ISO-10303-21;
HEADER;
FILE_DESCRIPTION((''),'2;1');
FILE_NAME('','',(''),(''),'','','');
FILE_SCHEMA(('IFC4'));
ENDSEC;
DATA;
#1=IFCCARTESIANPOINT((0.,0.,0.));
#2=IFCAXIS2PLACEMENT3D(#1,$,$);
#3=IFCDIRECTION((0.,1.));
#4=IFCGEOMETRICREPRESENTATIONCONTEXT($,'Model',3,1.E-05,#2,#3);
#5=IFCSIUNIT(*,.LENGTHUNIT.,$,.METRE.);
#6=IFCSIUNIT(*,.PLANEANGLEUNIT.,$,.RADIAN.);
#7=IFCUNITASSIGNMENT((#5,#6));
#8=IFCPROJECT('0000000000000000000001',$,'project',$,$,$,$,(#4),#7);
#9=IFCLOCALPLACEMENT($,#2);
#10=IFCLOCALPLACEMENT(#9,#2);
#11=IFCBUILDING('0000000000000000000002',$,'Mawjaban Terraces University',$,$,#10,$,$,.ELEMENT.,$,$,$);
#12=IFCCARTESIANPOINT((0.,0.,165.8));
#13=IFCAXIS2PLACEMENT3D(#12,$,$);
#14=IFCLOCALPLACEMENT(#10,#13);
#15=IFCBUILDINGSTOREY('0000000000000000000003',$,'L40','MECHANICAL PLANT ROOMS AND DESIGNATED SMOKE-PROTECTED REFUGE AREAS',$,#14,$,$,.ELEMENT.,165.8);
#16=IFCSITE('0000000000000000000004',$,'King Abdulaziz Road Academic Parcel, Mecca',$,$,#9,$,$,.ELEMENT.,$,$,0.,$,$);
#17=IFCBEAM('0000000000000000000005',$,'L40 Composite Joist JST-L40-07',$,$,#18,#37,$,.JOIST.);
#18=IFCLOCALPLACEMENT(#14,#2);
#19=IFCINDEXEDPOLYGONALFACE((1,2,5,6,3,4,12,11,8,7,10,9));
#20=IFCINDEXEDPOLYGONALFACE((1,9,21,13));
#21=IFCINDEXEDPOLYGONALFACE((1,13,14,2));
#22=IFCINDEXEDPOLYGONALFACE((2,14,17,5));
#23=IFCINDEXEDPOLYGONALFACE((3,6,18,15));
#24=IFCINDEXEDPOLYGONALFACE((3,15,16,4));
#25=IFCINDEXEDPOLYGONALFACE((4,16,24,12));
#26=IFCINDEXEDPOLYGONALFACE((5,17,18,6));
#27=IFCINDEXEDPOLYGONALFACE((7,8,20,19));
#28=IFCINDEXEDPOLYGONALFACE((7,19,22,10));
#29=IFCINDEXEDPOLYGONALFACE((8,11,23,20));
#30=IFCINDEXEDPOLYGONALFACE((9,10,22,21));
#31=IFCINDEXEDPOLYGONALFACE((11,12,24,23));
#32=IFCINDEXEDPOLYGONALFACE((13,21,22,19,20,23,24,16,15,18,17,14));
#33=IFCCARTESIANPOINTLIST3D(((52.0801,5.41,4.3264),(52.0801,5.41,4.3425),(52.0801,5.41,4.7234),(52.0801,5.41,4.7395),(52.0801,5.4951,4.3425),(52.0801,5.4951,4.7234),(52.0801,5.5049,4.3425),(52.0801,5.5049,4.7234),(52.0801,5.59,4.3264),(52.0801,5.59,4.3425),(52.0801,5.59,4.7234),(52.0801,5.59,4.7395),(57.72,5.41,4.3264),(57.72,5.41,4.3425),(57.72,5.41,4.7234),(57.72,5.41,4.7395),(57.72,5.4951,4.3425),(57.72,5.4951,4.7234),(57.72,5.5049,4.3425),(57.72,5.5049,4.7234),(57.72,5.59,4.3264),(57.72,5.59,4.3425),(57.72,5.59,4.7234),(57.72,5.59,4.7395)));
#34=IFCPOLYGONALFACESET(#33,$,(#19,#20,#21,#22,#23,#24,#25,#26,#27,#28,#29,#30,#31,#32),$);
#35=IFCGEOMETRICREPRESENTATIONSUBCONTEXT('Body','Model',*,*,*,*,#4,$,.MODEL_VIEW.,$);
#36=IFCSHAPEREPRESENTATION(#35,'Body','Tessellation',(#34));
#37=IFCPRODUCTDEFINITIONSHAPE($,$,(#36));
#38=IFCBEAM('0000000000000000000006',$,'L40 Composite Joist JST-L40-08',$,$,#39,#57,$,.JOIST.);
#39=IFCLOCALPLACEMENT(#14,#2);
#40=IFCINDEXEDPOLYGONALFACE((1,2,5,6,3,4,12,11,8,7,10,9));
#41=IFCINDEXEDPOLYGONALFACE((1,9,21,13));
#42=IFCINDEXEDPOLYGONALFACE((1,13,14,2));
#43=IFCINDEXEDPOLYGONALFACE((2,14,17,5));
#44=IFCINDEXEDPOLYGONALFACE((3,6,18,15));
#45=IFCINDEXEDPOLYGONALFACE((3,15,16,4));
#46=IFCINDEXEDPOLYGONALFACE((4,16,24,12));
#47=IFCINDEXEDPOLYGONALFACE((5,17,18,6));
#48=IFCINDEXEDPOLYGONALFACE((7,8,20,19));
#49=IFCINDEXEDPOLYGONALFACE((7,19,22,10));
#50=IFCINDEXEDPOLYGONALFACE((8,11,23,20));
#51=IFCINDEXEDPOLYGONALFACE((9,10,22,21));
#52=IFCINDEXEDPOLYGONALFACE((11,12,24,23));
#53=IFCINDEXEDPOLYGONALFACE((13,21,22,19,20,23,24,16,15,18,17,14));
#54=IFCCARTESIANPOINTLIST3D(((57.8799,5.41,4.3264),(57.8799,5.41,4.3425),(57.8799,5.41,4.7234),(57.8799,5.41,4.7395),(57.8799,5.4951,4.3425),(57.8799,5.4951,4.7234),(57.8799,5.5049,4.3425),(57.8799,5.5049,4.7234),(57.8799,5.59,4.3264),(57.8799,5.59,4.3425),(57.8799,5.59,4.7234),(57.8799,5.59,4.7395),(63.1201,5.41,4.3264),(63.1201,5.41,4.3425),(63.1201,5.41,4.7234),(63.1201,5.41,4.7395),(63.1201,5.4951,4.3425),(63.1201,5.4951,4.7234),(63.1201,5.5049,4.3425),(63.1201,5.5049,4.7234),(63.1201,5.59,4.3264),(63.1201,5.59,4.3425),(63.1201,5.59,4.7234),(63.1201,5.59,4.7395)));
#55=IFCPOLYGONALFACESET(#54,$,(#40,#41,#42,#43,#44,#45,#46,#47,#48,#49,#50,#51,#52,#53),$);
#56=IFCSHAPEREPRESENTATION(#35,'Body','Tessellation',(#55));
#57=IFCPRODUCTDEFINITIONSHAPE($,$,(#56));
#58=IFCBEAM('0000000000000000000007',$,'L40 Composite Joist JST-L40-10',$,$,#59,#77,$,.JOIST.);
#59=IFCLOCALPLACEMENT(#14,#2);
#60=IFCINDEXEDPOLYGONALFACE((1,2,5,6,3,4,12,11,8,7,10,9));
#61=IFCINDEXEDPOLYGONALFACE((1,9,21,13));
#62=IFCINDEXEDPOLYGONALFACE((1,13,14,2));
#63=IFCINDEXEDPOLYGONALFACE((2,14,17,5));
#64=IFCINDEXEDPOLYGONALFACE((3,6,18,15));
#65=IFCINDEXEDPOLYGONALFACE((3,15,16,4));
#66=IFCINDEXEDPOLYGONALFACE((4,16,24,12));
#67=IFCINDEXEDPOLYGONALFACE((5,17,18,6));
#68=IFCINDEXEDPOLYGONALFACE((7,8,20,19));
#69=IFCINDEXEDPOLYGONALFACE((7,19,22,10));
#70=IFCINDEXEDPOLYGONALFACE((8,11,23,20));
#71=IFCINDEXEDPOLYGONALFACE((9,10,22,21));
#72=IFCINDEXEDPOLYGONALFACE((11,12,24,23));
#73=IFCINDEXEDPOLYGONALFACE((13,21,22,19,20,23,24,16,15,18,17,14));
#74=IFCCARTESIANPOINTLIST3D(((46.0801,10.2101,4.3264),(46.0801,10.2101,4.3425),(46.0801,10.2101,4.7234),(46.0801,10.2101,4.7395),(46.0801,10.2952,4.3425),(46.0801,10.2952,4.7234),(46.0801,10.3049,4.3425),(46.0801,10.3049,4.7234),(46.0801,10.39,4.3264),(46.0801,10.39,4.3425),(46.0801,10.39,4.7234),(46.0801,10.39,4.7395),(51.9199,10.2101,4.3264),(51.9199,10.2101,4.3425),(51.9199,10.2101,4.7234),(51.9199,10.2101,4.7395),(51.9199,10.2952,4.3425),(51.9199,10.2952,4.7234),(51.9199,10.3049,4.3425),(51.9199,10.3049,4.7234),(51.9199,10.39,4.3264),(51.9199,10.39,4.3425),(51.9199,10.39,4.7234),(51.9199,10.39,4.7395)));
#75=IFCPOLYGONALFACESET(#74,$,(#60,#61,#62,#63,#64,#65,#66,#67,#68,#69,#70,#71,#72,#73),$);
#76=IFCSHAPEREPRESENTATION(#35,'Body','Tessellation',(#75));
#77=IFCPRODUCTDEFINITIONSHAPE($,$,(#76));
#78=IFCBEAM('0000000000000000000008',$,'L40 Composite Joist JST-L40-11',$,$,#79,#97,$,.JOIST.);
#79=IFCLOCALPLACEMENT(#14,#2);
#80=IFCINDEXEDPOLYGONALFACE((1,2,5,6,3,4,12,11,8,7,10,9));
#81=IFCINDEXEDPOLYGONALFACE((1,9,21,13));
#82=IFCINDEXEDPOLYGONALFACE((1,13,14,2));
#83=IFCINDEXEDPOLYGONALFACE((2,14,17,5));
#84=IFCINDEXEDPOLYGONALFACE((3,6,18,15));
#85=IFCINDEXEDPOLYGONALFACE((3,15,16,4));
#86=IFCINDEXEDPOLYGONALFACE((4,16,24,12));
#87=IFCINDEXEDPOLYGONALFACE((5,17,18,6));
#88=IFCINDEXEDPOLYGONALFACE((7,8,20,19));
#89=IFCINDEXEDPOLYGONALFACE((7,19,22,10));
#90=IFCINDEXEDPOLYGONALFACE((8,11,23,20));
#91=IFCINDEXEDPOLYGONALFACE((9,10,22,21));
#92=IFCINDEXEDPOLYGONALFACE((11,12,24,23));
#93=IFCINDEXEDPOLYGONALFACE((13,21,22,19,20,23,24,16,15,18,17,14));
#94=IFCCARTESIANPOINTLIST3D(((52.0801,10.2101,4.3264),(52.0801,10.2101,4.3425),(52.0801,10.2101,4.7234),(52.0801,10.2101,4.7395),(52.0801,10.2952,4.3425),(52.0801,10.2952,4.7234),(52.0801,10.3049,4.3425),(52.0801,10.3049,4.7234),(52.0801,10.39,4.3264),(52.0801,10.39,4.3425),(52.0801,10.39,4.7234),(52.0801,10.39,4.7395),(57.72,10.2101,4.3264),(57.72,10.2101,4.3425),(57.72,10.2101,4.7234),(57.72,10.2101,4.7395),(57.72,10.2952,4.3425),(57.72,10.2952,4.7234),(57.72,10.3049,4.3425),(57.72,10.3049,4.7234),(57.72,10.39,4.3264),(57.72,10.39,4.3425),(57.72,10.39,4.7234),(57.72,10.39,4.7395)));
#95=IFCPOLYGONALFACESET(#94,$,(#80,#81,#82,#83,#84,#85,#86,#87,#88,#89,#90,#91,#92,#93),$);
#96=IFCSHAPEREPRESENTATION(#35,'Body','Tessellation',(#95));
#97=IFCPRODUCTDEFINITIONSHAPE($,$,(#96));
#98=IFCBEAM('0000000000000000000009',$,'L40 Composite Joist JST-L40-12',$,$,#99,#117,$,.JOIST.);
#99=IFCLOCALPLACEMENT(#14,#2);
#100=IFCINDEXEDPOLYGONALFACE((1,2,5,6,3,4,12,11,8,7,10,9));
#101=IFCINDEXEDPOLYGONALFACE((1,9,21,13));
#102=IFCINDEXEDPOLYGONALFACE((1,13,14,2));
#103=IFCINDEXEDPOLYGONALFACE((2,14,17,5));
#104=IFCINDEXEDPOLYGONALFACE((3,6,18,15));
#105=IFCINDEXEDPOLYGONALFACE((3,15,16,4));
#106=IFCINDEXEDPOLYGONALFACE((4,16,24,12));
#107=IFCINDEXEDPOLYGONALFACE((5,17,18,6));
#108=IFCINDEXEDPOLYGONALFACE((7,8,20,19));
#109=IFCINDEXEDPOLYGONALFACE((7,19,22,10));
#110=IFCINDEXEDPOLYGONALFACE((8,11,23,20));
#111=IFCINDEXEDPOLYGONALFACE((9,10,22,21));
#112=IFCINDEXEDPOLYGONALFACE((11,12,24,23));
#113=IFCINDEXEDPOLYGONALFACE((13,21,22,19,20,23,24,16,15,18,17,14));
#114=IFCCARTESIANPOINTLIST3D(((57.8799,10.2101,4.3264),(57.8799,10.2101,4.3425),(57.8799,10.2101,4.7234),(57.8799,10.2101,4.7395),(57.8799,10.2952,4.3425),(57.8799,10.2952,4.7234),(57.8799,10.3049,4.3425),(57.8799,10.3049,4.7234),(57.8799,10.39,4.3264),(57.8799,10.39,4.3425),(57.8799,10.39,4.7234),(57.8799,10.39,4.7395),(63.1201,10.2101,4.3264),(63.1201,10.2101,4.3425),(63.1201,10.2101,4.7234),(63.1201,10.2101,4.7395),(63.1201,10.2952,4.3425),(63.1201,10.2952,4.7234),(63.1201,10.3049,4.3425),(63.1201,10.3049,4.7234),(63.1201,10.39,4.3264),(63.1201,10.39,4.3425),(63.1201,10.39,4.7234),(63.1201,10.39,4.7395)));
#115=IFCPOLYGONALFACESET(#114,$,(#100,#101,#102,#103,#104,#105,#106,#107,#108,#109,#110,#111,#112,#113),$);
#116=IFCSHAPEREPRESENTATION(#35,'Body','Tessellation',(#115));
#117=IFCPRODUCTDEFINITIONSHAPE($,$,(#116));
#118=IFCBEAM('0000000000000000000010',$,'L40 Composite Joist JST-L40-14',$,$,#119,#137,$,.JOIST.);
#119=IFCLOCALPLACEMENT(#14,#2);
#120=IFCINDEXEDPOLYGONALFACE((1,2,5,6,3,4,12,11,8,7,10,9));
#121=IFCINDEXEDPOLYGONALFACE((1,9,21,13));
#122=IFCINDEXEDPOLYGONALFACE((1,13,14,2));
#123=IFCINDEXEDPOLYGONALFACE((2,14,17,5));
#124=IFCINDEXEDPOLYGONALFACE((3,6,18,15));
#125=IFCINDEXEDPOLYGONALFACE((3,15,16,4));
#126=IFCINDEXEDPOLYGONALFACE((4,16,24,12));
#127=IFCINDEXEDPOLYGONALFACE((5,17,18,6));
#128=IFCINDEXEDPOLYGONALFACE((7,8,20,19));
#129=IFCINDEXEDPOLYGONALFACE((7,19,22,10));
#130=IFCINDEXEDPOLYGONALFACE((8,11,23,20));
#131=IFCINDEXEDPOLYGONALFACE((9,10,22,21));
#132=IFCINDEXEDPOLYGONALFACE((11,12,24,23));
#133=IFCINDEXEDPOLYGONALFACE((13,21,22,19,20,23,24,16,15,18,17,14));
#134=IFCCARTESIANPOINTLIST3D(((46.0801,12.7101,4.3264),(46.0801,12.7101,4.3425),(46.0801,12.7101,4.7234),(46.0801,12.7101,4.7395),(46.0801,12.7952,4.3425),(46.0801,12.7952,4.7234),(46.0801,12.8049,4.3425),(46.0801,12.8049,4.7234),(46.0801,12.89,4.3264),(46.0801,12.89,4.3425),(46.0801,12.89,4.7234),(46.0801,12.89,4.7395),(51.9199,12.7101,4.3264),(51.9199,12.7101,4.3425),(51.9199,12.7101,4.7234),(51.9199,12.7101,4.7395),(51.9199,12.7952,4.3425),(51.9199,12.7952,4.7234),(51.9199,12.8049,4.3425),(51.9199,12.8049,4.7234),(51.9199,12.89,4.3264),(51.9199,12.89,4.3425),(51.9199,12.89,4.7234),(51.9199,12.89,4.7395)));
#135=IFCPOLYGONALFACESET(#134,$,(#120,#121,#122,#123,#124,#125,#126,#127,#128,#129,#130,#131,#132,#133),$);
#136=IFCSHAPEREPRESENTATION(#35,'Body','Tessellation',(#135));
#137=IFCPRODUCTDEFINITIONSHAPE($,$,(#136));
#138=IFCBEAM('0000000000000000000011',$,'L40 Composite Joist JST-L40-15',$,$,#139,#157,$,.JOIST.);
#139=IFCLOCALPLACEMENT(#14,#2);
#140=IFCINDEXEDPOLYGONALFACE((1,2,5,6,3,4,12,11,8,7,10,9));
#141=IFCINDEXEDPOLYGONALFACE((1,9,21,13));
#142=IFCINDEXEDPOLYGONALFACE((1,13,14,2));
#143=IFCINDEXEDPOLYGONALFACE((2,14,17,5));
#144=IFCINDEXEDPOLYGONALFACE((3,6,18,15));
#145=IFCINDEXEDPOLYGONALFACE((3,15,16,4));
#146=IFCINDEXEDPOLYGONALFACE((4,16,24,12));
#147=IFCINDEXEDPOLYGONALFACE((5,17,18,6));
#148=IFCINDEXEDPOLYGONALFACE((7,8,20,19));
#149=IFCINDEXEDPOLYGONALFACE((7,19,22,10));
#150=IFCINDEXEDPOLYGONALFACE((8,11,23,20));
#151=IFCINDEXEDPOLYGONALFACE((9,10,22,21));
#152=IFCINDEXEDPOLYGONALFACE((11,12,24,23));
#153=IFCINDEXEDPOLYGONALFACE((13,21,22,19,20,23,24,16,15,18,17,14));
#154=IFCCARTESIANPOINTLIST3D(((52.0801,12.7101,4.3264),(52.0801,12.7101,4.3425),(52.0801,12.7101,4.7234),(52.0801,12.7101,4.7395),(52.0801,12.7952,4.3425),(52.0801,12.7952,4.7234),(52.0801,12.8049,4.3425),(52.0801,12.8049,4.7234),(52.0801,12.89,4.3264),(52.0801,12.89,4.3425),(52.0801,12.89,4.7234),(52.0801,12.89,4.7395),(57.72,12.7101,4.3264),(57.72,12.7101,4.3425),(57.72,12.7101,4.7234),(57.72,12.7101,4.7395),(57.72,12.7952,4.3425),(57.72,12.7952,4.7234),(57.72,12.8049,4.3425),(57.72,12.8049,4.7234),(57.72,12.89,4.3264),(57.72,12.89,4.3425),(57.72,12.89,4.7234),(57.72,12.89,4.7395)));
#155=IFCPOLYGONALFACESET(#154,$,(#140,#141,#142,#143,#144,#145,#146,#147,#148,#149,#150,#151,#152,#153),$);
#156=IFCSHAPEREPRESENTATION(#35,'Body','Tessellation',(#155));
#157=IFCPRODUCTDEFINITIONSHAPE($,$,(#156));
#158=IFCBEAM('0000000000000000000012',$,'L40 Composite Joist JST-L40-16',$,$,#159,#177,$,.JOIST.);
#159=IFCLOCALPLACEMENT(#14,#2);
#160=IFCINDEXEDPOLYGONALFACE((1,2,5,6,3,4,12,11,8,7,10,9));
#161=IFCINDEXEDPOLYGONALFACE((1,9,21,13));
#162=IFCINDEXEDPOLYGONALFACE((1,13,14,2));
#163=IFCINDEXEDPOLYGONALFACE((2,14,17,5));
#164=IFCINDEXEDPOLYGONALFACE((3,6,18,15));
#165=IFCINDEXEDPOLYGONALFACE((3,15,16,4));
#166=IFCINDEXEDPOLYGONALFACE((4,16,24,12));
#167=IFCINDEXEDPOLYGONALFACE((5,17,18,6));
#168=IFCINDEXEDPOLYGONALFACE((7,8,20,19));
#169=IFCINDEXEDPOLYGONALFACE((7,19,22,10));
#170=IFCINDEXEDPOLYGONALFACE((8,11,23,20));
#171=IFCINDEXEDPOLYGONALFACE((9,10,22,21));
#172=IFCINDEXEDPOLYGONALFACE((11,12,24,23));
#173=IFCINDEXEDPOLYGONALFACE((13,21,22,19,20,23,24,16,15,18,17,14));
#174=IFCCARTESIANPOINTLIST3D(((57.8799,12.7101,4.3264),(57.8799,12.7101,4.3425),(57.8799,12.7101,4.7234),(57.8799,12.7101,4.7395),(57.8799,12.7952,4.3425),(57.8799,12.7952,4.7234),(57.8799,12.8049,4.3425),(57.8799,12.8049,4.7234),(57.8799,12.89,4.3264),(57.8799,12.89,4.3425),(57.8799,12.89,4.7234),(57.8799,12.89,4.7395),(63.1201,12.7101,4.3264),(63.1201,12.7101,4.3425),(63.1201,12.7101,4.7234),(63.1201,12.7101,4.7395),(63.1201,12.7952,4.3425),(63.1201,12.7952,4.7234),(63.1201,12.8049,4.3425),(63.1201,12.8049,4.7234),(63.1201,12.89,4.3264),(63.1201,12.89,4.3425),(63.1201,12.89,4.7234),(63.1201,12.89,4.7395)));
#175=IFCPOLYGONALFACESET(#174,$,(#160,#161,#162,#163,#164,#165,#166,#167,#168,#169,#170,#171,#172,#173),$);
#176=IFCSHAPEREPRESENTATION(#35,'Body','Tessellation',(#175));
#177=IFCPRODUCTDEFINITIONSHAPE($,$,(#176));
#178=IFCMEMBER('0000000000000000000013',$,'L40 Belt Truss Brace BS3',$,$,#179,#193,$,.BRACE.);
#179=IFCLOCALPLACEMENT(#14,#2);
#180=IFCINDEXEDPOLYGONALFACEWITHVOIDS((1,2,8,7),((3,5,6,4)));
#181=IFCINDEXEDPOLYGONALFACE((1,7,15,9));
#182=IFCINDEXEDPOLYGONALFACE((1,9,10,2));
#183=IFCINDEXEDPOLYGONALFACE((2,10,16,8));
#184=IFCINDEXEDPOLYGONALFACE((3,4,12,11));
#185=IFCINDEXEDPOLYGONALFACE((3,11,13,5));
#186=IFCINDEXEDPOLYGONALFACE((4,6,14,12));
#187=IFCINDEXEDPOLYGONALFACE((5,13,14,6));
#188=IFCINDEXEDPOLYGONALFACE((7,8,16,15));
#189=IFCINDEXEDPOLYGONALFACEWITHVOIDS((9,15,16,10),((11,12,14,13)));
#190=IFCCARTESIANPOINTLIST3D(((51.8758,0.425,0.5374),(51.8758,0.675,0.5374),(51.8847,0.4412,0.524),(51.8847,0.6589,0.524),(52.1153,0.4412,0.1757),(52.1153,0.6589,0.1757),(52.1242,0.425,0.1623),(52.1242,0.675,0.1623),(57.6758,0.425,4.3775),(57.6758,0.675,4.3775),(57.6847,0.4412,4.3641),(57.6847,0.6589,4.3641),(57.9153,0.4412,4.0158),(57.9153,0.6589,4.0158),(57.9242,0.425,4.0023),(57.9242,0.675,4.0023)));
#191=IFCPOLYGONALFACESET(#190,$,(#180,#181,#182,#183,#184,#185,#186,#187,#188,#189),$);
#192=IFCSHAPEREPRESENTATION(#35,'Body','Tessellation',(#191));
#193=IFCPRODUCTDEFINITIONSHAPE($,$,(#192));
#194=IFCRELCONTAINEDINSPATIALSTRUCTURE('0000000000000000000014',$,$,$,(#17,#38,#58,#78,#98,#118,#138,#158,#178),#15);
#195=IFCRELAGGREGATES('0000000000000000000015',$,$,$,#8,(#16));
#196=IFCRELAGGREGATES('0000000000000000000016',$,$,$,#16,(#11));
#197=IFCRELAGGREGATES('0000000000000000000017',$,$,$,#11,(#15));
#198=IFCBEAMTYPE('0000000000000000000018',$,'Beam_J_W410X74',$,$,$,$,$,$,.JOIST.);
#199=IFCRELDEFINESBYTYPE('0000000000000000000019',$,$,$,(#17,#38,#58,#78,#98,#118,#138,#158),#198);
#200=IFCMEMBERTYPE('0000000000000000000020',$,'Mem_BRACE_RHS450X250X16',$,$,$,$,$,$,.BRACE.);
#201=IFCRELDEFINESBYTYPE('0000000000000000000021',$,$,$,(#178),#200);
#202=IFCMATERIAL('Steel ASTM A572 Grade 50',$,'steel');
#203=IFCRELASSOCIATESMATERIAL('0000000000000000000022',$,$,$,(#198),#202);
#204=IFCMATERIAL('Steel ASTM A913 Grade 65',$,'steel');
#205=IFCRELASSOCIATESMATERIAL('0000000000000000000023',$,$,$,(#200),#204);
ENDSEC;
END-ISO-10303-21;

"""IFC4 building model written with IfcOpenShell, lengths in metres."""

from ifc_helpers import new_model, si_unit, direction, frame, origin, origin_2d, place, context, subcontext, project, spatial, hollow_rectangle, i_section, extrude, material, material_profile, profile_set, type_object, element, save


model = new_model("IFC4")

# Units and contexts
model_context = context("Model", 3, precision=1e-05, world=origin(), true_north=direction((0.0, 1.0)))
body_context = subcontext(model_context, "Body", "Model", "MODEL_VIEW")
ifc_project = project(units=[si_unit("LENGTHUNIT", "METRE"), si_unit("PLANEANGLEUNIT", "RADIAN")], contexts=[model_context])

# Site, building, storey
site_placement = place(None, origin())
site = spatial("IfcSite", under=ifc_project, at=site_placement, Name="King Abdulaziz Road Academic Parcel, Mecca", CompositionType="ELEMENT", RefElevation=0.0)
building_placement = place(site_placement, origin())
building = spatial("IfcBuilding", under=site, at=building_placement, Name="Mawjaban Terraces University", CompositionType="ELEMENT")
storey_placement = place(building_placement, frame((0.0, 0.0, 165.8)))
storey = spatial("IfcBuildingStorey", under=building, at=storey_placement, Name="L40", Description="MECHANICAL PLANT ROOMS AND DESIGNATED SMOKE-PROTECTED REFUGE AREAS", CompositionType="ELEMENT", Elevation=165.8)

# Beams
ifc_material_1 = material(Name="Steel ASTM A572 Grade 50", Category="steel")
ifc_material_profile_1 = material_profile(ifc_material_1, i_section(OverallWidth=0.1799, OverallDepth=0.4131, WebThickness=0.0098, FlangeThickness=0.0161, at=origin_2d()), Name="W410X74")
ifc_profile_set_1 = profile_set([ifc_material_profile_1], Name="Steel ASTM A572 Grade 50")
beam_type_1 = type_object("IfcBeamType", Name="Beam_J_W410X74", PredefinedType="JOIST", material=ifc_profile_set_1)
beam_1_placement = place(storey_placement, frame((52.0801, 5.5, 4.533), z_axis=(1.0, 0.0, 0.0), x_axis=(0.0, 1.0, 0.0)))
element("IfcBeam", 1, at=beam_1_placement, inside=storey, type_object=beam_type_1, Name="L40 Composite Joist JST-L40-07", PredefinedType="JOIST", context=body_context, shape_type="SweptSolid", body=[
    extrude(i_section(OverallWidth=0.1799, OverallDepth=0.4131, WebThickness=0.0098, FlangeThickness=0.0161, at=origin_2d()), origin(), (0.0, 0.0, 1.0), 5.6399),
])
beam_2_placement = place(storey_placement, frame((57.8799, 5.5, 4.533), z_axis=(1.0, 0.0, 0.0), x_axis=(0.0, 1.0, 0.0)))
element("IfcBeam", 2, at=beam_2_placement, inside=storey, type_object=beam_type_1, Name="L40 Composite Joist JST-L40-08", PredefinedType="JOIST", context=body_context, shape_type="SweptSolid", body=[
    extrude(i_section(OverallWidth=0.1799, OverallDepth=0.4131, WebThickness=0.0098, FlangeThickness=0.0161, at=origin_2d()), origin(), (0.0, 0.0, 1.0), 5.2402),
])
beam_3_placement = place(storey_placement, frame((46.0801, 10.3, 4.533), z_axis=(1.0, 0.0, 0.0), x_axis=(0.0, 1.0, 0.0)))
element("IfcBeam", 3, at=beam_3_placement, inside=storey, type_object=beam_type_1, Name="L40 Composite Joist JST-L40-10", PredefinedType="JOIST", context=body_context, shape_type="SweptSolid", body=[
    extrude(i_section(OverallWidth=0.1799, OverallDepth=0.4131, WebThickness=0.0098, FlangeThickness=0.0161, at=origin_2d()), origin(), (0.0, 0.0, 1.0), 5.8398),
])
beam_4_placement = place(storey_placement, frame((52.0801, 10.3, 4.533), z_axis=(1.0, 0.0, 0.0), x_axis=(0.0, 1.0, 0.0)))
element("IfcBeam", 4, at=beam_4_placement, inside=storey, type_object=beam_type_1, Name="L40 Composite Joist JST-L40-11", PredefinedType="JOIST", context=body_context, shape_type="SweptSolid", body=[
    extrude(i_section(OverallWidth=0.1799, OverallDepth=0.4131, WebThickness=0.0098, FlangeThickness=0.0161, at=origin_2d()), origin(), (0.0, 0.0, 1.0), 5.6399),
])
beam_5_placement = place(storey_placement, frame((57.8799, 10.3, 4.533), z_axis=(1.0, 0.0, 0.0), x_axis=(0.0, 1.0, 0.0)))
element("IfcBeam", 5, at=beam_5_placement, inside=storey, type_object=beam_type_1, Name="L40 Composite Joist JST-L40-12", PredefinedType="JOIST", context=body_context, shape_type="SweptSolid", body=[
    extrude(i_section(OverallWidth=0.1799, OverallDepth=0.4131, WebThickness=0.0098, FlangeThickness=0.0161, at=origin_2d()), origin(), (0.0, 0.0, 1.0), 5.2402),
])
beam_6_placement = place(storey_placement, frame((46.0801, 12.8, 4.533), z_axis=(1.0, 0.0, 0.0), x_axis=(0.0, 1.0, 0.0)))
element("IfcBeam", 6, at=beam_6_placement, inside=storey, type_object=beam_type_1, Name="L40 Composite Joist JST-L40-14", PredefinedType="JOIST", context=body_context, shape_type="SweptSolid", body=[
    extrude(i_section(OverallWidth=0.1799, OverallDepth=0.4131, WebThickness=0.0098, FlangeThickness=0.0161, at=origin_2d()), origin(), (0.0, 0.0, 1.0), 5.8398),
])
beam_7_placement = place(storey_placement, frame((52.0801, 12.8, 4.533), z_axis=(1.0, 0.0, 0.0), x_axis=(0.0, 1.0, 0.0)))
element("IfcBeam", 7, at=beam_7_placement, inside=storey, type_object=beam_type_1, Name="L40 Composite Joist JST-L40-15", PredefinedType="JOIST", context=body_context, shape_type="SweptSolid", body=[
    extrude(i_section(OverallWidth=0.1799, OverallDepth=0.4131, WebThickness=0.0098, FlangeThickness=0.0161, at=origin_2d()), origin(), (0.0, 0.0, 1.0), 5.6399),
])
beam_8_placement = place(storey_placement, frame((57.8799, 12.8, 4.533), z_axis=(1.0, 0.0, 0.0), x_axis=(0.0, 1.0, 0.0)))
element("IfcBeam", 8, at=beam_8_placement, inside=storey, type_object=beam_type_1, Name="L40 Composite Joist JST-L40-16", PredefinedType="JOIST", context=body_context, shape_type="SweptSolid", body=[
    extrude(i_section(OverallWidth=0.1799, OverallDepth=0.4131, WebThickness=0.0098, FlangeThickness=0.0161, at=origin_2d()), origin(), (0.0, 0.0, 1.0), 5.2402),
])

# Member
ifc_material_2 = material(Name="Steel ASTM A913 Grade 65", Category="steel")
ifc_material_profile_2 = material_profile(ifc_material_2, hollow_rectangle(XDim=0.25, YDim=0.45, WallThickness=0.0161, at=origin_2d()), Name="RHS450X250X16")
ifc_profile_set_2 = profile_set([ifc_material_profile_2], Name="Steel ASTM A913 Grade 65")
member_type_1 = type_object("IfcMemberType", Name="Mem_BRACE_RHS450X250X16", PredefinedType="BRACE", material=ifc_profile_set_2)
member_1_placement = place(storey_placement, frame((52.0, 0.55, 0.3499), z_axis=(0.833812, 0.0, 0.552049), x_axis=(0.0, 1.0, 0.0)))
element("IfcMember", 9, at=member_1_placement, inside=storey, type_object=member_type_1, Name="L40 Belt Truss Brace BS3", PredefinedType="BRACE", context=body_context, shape_type="SweptSolid", body=[
    extrude(hollow_rectangle(XDim=0.25, YDim=0.45, WallThickness=0.0161, at=origin_2d()), origin(), (0.0, 0.0, 1.0), 6.9561),
])

save(model, "model.ifc")
